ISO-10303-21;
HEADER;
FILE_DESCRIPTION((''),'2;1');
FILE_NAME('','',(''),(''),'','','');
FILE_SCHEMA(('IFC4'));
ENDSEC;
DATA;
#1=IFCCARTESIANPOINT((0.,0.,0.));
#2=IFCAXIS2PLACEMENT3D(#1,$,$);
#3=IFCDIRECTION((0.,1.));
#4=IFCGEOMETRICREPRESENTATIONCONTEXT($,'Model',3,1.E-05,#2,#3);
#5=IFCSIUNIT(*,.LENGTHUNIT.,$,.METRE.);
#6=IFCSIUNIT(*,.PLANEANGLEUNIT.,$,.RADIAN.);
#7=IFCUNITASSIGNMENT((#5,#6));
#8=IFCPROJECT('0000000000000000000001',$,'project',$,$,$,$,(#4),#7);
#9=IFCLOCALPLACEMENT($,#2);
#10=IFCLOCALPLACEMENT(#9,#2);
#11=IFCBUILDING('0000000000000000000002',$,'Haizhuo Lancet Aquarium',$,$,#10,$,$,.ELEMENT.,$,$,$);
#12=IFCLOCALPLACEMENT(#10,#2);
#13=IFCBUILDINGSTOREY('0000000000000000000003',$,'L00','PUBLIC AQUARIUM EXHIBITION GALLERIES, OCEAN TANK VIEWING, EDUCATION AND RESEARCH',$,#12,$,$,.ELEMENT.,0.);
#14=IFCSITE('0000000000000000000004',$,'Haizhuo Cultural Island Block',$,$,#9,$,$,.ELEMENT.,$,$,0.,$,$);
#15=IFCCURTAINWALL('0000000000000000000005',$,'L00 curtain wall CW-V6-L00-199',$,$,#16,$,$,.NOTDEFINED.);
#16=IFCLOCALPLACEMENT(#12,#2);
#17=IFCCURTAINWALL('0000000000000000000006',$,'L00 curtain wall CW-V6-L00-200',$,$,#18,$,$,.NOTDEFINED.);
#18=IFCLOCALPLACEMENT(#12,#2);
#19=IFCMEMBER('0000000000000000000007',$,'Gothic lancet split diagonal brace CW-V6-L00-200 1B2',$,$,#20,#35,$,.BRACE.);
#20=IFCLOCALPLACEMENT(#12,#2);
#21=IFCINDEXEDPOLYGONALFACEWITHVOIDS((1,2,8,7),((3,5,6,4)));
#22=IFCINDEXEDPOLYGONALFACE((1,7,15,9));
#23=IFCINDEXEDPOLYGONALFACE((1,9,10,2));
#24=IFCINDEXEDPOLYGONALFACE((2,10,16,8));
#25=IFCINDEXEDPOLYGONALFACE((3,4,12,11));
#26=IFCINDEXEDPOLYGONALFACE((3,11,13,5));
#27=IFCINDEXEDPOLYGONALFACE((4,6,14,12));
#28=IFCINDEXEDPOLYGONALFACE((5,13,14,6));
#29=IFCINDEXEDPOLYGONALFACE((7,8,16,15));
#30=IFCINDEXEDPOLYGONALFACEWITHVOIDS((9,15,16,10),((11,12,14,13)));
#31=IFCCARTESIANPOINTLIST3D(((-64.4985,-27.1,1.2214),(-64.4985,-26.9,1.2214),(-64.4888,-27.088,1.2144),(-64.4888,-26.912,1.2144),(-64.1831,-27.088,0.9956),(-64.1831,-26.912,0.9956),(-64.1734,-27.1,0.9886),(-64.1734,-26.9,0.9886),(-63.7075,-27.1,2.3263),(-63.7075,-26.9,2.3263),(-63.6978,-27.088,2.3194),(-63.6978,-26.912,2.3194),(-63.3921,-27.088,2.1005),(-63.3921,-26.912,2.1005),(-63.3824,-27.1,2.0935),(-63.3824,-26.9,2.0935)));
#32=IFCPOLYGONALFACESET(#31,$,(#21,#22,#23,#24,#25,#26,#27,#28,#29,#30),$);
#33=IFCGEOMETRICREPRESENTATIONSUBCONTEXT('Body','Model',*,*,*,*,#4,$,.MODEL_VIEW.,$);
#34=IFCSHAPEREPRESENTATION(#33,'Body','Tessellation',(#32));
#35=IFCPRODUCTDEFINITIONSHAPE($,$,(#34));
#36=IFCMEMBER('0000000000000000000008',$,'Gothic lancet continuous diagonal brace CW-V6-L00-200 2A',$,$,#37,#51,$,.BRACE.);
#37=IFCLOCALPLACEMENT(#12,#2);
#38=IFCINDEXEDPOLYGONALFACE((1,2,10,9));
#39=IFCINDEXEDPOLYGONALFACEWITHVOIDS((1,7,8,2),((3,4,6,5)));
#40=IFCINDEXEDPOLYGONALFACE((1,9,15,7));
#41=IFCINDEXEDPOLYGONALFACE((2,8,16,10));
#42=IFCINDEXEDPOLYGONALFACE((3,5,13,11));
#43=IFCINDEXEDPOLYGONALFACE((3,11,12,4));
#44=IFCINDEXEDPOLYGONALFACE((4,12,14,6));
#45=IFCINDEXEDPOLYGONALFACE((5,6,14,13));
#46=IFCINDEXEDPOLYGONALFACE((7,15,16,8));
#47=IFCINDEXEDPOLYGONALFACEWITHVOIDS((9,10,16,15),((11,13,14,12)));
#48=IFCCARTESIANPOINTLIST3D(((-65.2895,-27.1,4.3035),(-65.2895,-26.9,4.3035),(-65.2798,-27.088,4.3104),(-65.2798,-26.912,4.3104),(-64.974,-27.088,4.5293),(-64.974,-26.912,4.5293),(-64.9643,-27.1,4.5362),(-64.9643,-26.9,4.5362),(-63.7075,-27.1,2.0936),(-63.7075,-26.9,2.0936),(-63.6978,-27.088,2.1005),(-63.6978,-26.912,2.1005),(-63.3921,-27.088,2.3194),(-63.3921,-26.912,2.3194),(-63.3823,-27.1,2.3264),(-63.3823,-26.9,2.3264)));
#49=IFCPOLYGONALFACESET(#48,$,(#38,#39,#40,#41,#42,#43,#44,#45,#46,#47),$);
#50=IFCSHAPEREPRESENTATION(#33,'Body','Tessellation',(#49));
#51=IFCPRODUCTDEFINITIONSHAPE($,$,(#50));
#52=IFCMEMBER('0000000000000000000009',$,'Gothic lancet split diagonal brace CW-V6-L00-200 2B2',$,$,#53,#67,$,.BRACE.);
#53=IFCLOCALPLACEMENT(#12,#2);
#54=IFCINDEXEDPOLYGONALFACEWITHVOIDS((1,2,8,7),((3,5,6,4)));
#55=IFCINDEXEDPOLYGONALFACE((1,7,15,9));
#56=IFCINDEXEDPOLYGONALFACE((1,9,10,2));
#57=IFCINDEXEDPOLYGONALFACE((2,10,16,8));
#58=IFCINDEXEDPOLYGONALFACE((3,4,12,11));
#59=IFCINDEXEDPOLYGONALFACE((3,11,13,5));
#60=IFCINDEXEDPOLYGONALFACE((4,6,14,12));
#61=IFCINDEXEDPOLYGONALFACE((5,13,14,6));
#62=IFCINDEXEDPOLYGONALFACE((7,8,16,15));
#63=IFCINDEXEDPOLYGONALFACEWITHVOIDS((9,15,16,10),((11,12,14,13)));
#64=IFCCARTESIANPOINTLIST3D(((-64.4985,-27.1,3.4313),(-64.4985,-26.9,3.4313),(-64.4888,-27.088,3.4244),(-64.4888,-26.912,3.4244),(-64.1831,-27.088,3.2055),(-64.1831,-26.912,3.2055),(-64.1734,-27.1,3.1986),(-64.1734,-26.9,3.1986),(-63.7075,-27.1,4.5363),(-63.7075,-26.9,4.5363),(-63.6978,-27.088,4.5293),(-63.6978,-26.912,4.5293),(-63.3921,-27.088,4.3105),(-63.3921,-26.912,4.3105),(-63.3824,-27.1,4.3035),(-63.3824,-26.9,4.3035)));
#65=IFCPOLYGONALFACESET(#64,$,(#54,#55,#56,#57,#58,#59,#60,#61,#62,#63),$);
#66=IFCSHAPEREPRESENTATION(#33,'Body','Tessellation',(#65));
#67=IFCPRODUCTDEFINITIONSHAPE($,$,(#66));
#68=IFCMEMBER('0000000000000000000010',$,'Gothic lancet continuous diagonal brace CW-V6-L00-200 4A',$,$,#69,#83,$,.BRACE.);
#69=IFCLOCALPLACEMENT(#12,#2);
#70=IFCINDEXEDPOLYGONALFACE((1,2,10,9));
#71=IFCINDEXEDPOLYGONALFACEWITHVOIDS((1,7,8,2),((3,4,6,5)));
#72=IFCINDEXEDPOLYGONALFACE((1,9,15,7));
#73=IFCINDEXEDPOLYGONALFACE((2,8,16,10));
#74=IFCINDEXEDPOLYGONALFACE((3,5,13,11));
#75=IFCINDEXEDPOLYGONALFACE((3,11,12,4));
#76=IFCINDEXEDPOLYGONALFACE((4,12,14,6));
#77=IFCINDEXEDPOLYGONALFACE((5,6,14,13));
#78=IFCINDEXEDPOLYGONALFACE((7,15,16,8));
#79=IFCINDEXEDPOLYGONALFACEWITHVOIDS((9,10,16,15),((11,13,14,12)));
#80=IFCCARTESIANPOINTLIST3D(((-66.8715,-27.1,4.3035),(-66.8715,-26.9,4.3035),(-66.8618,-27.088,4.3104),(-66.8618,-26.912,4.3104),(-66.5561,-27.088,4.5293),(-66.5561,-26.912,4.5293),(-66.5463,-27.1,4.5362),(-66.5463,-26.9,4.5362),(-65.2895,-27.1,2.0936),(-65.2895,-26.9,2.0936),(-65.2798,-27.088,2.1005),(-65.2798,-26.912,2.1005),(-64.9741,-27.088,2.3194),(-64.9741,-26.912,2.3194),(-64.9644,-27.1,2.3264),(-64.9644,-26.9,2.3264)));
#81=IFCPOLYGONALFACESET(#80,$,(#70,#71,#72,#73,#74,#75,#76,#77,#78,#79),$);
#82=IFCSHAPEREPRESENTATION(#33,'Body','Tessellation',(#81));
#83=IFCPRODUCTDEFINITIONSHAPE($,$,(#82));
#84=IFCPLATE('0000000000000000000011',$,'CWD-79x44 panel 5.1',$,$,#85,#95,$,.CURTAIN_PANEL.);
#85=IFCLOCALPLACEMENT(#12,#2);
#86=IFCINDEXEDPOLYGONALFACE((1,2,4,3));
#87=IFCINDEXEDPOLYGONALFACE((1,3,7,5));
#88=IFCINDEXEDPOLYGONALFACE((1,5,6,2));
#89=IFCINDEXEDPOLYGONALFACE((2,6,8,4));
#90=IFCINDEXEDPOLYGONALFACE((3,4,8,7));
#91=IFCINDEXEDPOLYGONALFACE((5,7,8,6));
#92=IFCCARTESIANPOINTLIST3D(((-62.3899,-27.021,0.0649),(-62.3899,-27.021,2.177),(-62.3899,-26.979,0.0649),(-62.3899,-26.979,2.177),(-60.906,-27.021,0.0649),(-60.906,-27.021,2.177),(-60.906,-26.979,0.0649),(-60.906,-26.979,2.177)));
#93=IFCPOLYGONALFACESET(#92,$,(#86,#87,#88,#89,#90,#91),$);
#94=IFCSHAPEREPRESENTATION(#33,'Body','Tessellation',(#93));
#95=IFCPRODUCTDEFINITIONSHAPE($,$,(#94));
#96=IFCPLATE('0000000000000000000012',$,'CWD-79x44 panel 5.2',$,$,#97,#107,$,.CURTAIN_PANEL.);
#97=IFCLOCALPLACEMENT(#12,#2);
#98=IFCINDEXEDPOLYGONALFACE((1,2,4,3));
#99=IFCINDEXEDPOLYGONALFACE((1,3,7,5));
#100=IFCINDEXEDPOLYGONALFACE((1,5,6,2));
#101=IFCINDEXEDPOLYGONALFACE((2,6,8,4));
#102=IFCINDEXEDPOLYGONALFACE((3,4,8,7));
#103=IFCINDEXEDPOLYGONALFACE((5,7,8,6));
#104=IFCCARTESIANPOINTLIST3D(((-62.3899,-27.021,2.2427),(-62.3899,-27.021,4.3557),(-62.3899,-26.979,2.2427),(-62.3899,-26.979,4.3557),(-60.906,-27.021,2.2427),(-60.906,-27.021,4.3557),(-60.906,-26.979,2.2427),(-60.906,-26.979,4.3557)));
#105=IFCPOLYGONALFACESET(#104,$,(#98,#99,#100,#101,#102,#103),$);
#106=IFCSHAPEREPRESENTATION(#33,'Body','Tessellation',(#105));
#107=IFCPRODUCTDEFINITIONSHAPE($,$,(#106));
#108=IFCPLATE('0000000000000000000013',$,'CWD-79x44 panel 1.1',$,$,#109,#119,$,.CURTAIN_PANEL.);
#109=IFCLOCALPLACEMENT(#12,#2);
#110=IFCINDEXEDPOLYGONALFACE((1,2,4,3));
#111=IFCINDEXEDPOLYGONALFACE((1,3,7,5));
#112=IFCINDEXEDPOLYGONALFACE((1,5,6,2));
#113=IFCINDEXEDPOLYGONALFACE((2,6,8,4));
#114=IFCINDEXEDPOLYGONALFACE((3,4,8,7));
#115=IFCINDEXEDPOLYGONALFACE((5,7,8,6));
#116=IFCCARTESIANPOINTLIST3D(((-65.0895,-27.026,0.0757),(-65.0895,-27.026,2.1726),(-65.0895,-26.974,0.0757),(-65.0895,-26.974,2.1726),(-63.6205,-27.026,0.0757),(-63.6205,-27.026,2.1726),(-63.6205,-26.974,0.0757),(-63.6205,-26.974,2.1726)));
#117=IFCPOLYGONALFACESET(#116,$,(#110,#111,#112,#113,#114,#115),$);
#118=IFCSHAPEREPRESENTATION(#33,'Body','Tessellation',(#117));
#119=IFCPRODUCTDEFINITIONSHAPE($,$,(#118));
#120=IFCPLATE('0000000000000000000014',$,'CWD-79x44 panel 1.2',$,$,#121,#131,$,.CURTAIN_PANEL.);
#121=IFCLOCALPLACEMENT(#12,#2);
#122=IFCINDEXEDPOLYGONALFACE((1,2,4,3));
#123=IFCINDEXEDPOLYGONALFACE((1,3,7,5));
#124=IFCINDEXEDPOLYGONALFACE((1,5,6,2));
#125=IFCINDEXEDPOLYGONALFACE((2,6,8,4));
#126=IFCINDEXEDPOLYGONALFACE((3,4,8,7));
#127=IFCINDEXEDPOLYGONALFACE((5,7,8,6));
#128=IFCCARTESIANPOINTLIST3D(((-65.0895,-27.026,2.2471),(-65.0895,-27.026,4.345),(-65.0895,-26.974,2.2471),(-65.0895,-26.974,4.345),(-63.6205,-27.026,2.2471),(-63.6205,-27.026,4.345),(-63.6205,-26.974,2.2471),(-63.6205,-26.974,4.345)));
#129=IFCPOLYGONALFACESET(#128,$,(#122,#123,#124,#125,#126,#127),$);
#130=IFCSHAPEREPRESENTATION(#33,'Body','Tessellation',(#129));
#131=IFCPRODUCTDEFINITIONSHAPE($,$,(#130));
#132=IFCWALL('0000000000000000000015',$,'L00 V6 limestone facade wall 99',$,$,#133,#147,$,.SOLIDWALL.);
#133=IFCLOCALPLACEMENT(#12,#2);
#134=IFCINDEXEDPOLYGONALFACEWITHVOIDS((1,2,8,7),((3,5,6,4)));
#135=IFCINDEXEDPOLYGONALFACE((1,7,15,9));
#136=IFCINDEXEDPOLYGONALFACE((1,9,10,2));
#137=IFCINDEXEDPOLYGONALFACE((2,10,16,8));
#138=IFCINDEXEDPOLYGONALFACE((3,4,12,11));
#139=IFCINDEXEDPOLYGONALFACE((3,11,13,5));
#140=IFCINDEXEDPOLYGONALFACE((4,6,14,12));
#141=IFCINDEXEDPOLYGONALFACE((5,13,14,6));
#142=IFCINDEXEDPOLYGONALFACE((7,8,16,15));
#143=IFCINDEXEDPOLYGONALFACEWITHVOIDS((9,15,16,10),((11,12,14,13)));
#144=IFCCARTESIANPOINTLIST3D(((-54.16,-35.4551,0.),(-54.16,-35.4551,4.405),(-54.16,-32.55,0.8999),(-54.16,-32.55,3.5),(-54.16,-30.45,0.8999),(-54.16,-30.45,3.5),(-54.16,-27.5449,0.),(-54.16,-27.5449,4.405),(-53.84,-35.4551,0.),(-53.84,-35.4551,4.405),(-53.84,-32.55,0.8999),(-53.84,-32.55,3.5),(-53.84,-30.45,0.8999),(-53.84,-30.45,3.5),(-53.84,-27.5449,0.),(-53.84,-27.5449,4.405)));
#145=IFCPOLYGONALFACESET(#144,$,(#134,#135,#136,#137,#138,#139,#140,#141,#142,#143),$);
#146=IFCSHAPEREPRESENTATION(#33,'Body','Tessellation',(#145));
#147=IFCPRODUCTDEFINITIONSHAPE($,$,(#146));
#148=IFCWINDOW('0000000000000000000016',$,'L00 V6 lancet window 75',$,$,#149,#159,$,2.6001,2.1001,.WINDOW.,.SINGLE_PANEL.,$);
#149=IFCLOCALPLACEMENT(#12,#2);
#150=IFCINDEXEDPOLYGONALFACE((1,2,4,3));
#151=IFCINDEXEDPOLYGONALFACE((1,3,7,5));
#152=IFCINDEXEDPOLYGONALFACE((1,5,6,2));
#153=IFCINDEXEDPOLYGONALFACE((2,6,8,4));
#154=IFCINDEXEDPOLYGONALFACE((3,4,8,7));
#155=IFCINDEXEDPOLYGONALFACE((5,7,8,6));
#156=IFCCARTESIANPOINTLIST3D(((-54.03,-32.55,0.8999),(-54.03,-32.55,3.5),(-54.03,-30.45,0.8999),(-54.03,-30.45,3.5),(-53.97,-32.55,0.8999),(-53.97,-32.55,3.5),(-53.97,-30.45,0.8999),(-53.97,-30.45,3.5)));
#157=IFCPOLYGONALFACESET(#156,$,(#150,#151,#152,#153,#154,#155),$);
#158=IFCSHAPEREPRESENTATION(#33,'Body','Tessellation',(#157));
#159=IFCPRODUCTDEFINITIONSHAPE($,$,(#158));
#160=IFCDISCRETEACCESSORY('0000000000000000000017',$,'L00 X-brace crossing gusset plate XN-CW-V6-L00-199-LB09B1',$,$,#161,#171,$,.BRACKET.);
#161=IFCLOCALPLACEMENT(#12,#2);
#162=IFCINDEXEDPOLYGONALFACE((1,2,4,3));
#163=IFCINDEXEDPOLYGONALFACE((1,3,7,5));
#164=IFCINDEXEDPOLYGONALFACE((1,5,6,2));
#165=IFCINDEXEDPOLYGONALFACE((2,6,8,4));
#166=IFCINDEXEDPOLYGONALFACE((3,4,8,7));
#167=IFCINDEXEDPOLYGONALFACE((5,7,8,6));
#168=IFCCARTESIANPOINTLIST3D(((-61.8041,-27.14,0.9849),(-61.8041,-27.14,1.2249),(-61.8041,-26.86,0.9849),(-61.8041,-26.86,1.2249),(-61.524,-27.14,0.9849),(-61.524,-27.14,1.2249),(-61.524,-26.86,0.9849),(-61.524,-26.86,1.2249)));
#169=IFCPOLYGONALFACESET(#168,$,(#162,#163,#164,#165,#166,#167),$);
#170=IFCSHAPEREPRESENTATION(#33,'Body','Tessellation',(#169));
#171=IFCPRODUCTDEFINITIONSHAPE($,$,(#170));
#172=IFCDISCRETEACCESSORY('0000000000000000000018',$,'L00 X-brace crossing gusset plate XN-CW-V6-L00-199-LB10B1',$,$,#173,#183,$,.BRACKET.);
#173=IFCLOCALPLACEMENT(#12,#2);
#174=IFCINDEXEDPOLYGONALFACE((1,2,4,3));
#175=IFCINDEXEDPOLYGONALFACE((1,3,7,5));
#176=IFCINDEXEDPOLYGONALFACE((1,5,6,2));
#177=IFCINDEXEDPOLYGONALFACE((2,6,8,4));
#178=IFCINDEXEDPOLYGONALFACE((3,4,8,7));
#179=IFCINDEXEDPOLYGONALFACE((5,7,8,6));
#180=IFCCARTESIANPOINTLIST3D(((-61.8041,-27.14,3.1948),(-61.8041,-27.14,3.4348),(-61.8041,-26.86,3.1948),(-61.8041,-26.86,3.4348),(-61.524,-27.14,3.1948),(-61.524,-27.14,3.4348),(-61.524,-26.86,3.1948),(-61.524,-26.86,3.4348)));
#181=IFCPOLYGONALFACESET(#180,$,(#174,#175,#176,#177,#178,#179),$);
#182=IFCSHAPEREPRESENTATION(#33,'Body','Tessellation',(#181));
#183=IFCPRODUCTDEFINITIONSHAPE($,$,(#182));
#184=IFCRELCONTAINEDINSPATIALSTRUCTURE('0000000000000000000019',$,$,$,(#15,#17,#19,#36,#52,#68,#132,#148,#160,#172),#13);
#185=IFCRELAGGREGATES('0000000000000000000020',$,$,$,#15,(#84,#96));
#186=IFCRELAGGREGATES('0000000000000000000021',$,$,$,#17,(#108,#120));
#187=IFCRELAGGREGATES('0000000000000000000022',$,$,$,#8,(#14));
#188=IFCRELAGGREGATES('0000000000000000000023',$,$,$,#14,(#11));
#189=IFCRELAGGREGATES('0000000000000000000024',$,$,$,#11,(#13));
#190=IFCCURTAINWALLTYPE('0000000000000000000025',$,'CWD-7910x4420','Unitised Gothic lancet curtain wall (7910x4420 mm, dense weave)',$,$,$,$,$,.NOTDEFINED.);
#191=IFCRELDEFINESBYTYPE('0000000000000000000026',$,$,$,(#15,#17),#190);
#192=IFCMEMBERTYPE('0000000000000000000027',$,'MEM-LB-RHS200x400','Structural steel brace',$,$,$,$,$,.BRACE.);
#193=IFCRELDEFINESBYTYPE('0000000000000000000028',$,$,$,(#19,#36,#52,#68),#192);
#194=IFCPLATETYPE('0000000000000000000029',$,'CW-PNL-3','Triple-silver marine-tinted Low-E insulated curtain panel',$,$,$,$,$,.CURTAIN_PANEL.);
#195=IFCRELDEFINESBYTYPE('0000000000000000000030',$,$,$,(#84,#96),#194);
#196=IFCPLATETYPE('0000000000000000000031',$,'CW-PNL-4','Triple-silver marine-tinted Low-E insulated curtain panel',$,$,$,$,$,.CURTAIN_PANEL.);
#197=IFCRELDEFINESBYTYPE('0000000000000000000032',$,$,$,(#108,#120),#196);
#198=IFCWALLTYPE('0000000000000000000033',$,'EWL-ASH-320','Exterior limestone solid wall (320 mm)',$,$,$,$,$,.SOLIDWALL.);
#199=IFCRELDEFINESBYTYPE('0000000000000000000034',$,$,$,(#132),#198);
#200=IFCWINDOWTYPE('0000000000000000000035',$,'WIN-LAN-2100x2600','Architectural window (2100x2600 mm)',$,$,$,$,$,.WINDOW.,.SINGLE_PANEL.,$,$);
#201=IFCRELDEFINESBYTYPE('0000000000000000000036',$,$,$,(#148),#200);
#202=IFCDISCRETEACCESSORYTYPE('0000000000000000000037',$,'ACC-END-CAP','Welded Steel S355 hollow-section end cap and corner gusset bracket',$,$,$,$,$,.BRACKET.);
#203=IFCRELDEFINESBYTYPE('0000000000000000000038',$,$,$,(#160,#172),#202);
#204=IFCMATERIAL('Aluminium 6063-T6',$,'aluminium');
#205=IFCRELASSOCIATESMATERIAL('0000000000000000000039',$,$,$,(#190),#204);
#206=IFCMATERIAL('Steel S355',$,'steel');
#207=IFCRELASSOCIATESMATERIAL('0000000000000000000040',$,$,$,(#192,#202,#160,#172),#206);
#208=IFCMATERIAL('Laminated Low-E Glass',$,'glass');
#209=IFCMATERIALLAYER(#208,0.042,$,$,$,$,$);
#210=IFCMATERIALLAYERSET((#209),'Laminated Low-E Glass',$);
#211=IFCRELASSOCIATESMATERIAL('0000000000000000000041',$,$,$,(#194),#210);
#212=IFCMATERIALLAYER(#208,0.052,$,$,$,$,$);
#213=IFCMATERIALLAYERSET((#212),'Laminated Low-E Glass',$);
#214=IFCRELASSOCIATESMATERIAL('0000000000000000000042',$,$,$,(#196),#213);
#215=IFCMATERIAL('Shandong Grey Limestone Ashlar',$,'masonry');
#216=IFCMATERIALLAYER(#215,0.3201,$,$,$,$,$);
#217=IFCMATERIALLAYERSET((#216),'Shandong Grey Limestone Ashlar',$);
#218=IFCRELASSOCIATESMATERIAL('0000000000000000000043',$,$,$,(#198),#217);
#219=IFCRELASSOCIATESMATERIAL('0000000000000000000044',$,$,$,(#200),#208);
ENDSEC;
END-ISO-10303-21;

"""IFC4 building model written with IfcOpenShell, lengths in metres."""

from ifc_helpers import new_model, si_unit, direction, frame, frame_2d, origin, origin_2d, place, context, subcontext, project, spatial, rectangle, hollow_rectangle, extrude, material, layer, layer_set, material_profile, profile_set, type_object, element, fill, aggregate, save


model = new_model("IFC4")

# Units and contexts
model_context = context("Model", 3, precision=1e-05, world=origin(), true_north=direction((0.0, 1.0)))
body_context = subcontext(model_context, "Body", "Model", "MODEL_VIEW")
ifc_project = project(units=[si_unit("LENGTHUNIT", "METRE"), si_unit("PLANEANGLEUNIT", "RADIAN")], contexts=[model_context])

# Site, building, storey
site_placement = place(None, origin())
site = spatial("IfcSite", under=ifc_project, at=site_placement, Name="Haizhuo Cultural Island Block", CompositionType="ELEMENT", RefElevation=0.0)
building_placement = place(site_placement, origin())
building = spatial("IfcBuilding", under=site, at=building_placement, Name="Haizhuo Lancet Aquarium", CompositionType="ELEMENT")
storey_placement = place(building_placement, origin())
storey = spatial("IfcBuildingStorey", under=building, at=storey_placement, Name="L00", Description="PUBLIC AQUARIUM EXHIBITION GALLERIES, OCEAN TANK VIEWING, EDUCATION AND RESEARCH", CompositionType="ELEMENT", Elevation=0.0)

# Shared definitions
ifc_material_1 = material(Name="Steel S355", Category="steel")

# Curtain wall
ifc_material_2 = material(Name="Aluminium 6063-T6", Category="aluminium")
curtain_wall_type = type_object("IfcCurtainWallType", Name="CWD-7910x4420", Description="Unitised Gothic lancet curtain wall (7910x4420 mm, dense weave)", PredefinedType="NOTDEFINED", material=ifc_material_2)
curtain_wall_1_placement = place(storey_placement, origin())
curtain_wall_1 = element("IfcCurtainWall", 1, at=curtain_wall_1_placement, inside=storey, type_object=curtain_wall_type, Name="L00 curtain wall CW-V6-L00-199", PredefinedType="NOTDEFINED")

# Curtain wall
curtain_wall_2_placement = place(storey_placement, origin())
curtain_wall_2 = element("IfcCurtainWall", 2, at=curtain_wall_2_placement, inside=storey, type_object=curtain_wall_type, Name="L00 curtain wall CW-V6-L00-200", PredefinedType="NOTDEFINED")

# Members
ifc_material_profile_1 = material_profile(ifc_material_1, hollow_rectangle(XDim=0.2, YDim=0.3999, WallThickness=0.012, at=origin_2d()), Name="RHS 200x400x12")
ifc_profile_set_1 = profile_set([ifc_material_profile_1], Name="Steel S355")
member_type_1 = type_object("IfcMemberType", Name="MEM-LB-RHS200x400", Description="Structural steel brace", PredefinedType="BRACE", material=ifc_profile_set_1)
member_1_placement = place(storey_placement, frame((-64.3359, -27.0, 1.105), z_axis=(0.582088, 0.0, 0.813126), x_axis=(0.0, 1.0, 0.0)))
element("IfcMember", 3, at=member_1_placement, inside=storey, type_object=member_type_1, Name="Gothic lancet split diagonal brace CW-V6-L00-200 1B2", PredefinedType="BRACE", context=body_context, shape_type="SweptSolid", body=[
    extrude(hollow_rectangle(XDim=0.2, YDim=0.3999, WallThickness=0.012, at=origin_2d()), origin(), (0.0, 0.0, 1.0), 1.3589),
])
member_2_placement = place(storey_placement, frame((-63.5449, -27.0, 2.21), z_axis=(-0.582088, 0.0, 0.813126), x_axis=(0.0, -1.0, 0.0)))
element("IfcMember", 4, at=member_2_placement, inside=storey, type_object=member_type_1, Name="Gothic lancet continuous diagonal brace CW-V6-L00-200 2A", PredefinedType="BRACE", context=body_context, shape_type="SweptSolid", body=[
    extrude(hollow_rectangle(XDim=0.2, YDim=0.3999, WallThickness=0.012, at=origin_2d()), origin(), (0.0, 0.0, 1.0), 2.7178),
])
member_3_placement = place(storey_placement, frame((-64.3359, -27.0, 3.3149), z_axis=(0.582088, 0.0, 0.813126), x_axis=(0.0, 1.0, 0.0)))
element("IfcMember", 5, at=member_3_placement, inside=storey, type_object=member_type_1, Name="Gothic lancet split diagonal brace CW-V6-L00-200 2B2", PredefinedType="BRACE", context=body_context, shape_type="SweptSolid", body=[
    extrude(hollow_rectangle(XDim=0.2, YDim=0.3999, WallThickness=0.012, at=origin_2d()), origin(), (0.0, 0.0, 1.0), 1.3589),
])
member_4_placement = place(storey_placement, frame((-65.127, -27.0, 2.21), z_axis=(-0.582088, 0.0, 0.813126), x_axis=(0.0, -1.0, 0.0)))
element("IfcMember", 6, at=member_4_placement, inside=storey, type_object=member_type_1, Name="Gothic lancet continuous diagonal brace CW-V6-L00-200 4A", PredefinedType="BRACE", context=body_context, shape_type="SweptSolid", body=[
    extrude(hollow_rectangle(XDim=0.2, YDim=0.3999, WallThickness=0.012, at=origin_2d()), origin(), (0.0, 0.0, 1.0), 2.7178),
])

# Plates
ifc_material_3 = material(Name="Laminated Low-E Glass", Category="glass")
ifc_layer_1 = layer(ifc_material_3, 0.042)
ifc_layer_set_1 = layer_set([ifc_layer_1], Name="Laminated Low-E Glass")
plate_type_1 = type_object("IfcPlateType", Name="CW-PNL-3", Description="Triple-silver marine-tinted Low-E insulated curtain panel", PredefinedType="CURTAIN_PANEL", material=ifc_layer_set_1)
plate_1_placement = place(storey_placement, frame((-61.6479, -27.0, 0.0649), z_axis=(0.0, 0.0, 1.0), x_axis=(-1.0, 0.0, 0.0)))
plate_1 = element("IfcPlate", 7, at=plate_1_placement, type_object=plate_type_1, Name="CWD-79x44 panel 5.1", PredefinedType="CURTAIN_PANEL", context=body_context, shape_type="SweptSolid", body=[
    extrude(rectangle(XDim=1.4839, YDim=0.042, at=origin_2d()), origin(), (0.0, 0.0, 1.0), 2.1121),
])
plate_2_placement = place(storey_placement, frame((-61.6479, -27.0, 2.2427), z_axis=(0.0, 0.0, 1.0), x_axis=(-1.0, 0.0, 0.0)))
plate_2 = element("IfcPlate", 8, at=plate_2_placement, type_object=plate_type_1, Name="CWD-79x44 panel 5.2", PredefinedType="CURTAIN_PANEL", context=body_context, shape_type="SweptSolid", body=[
    extrude(rectangle(XDim=1.4839, YDim=0.042, at=origin_2d()), origin(), (0.0, 0.0, 1.0), 2.113),
])
aggregate(curtain_wall_1, [plate_1, plate_2])
ifc_layer_2 = layer(ifc_material_3, 0.052)
ifc_layer_set_2 = layer_set([ifc_layer_2], Name="Laminated Low-E Glass")
plate_type_2 = type_object("IfcPlateType", Name="CW-PNL-4", Description="Triple-silver marine-tinted Low-E insulated curtain panel", PredefinedType="CURTAIN_PANEL", material=ifc_layer_set_2)
plate_3_placement = place(storey_placement, frame((-64.355, -27.0, 0.0757), z_axis=(0.0, 0.0, 1.0), x_axis=(-1.0, 0.0, 0.0)))
plate_3 = element("IfcPlate", 9, at=plate_3_placement, type_object=plate_type_2, Name="CWD-79x44 panel 1.1", PredefinedType="CURTAIN_PANEL", context=body_context, shape_type="SweptSolid", body=[
    extrude(rectangle(XDim=1.469, YDim=0.052, at=origin_2d()), origin(), (0.0, 0.0, 1.0), 2.0969),
])
plate_4_placement = place(storey_placement, frame((-64.355, -27.0, 2.2471), z_axis=(0.0, 0.0, 1.0), x_axis=(-1.0, 0.0, 0.0)))
plate_4 = element("IfcPlate", 10, at=plate_4_placement, type_object=plate_type_2, Name="CWD-79x44 panel 1.2", PredefinedType="CURTAIN_PANEL", context=body_context, shape_type="SweptSolid", body=[
    extrude(rectangle(XDim=1.469, YDim=0.052, at=origin_2d()), origin(), (0.0, 0.0, 1.0), 2.0979),
])
aggregate(curtain_wall_2, [plate_3, plate_4])

# Wall, opening, window
ifc_material_4 = material(Name="Shandong Grey Limestone Ashlar", Category="masonry")
ifc_layer_3 = layer(ifc_material_4, 0.3201)
ifc_layer_set_3 = layer_set([ifc_layer_3], Name="Shandong Grey Limestone Ashlar")
wall_type = type_object("IfcWallType", Name="EWL-ASH-320", Description="Exterior limestone solid wall (320 mm)", PredefinedType="SOLIDWALL", material=ifc_layer_set_3)
wall_placement = place(storey_placement, frame((-54.0, -35.4551, 0.0), z_axis=(0.0, 0.0, 1.0), x_axis=(0.0, 1.0, 0.0)))
wall = element("IfcWall", 11, at=wall_placement, inside=storey, type_object=wall_type, Name="L00 V6 limestone facade wall 99", PredefinedType="SOLIDWALL", context=body_context, shape_type="SweptSolid", body=[
    extrude(rectangle(XDim=7.9102, YDim=0.3201, at=frame_2d((3.9551, 0.0))), origin(), (0.0, 0.0, 1.0), 4.405),
])
opening_placement = place(wall_placement, frame((2.905, 0.0, 0.8999)))
opening = element("IfcOpeningElement", 12, at=opening_placement, cuts=wall, PredefinedType="OPENING", context=body_context, shape_type="SweptSolid", body=[
    extrude(rectangle(XDim=2.1001, YDim=2.6001, at=frame_2d((1.05, 1.3))), frame((0.0, 0.1699, 0.0), z_axis=(0.0, -1.0, 0.0), x_axis=(1.0, 0.0, 0.0)), (0.0, 0.0, 1.0), 0.3401),
])
window_type = type_object("IfcWindowType", Name="WIN-LAN-2100x2600", Description="Architectural window (2100x2600 mm)", PartitioningType="SINGLE_PANEL", PredefinedType="WINDOW", material=ifc_material_3)
window_placement = place(opening_placement, origin())
window = element("IfcWindow", 13, at=window_placement, inside=storey, type_object=window_type, Name="L00 V6 lancet window 75", OverallHeight=2.6001, OverallWidth=2.1001, PartitioningType="SINGLE_PANEL", PredefinedType="WINDOW", context=body_context, shape_type="SweptSolid", body=[
    extrude(rectangle(XDim=2.1001, YDim=2.6001, at=frame_2d((1.05, 1.3))), frame((0.0, 0.03, 0.0), z_axis=(0.0, -1.0, 0.0), x_axis=(1.0, 0.0, 0.0)), (0.0, 0.0, 1.0), 0.0601),
])
fill(opening, window)

# Discrete accessories
discrete_accessory_type = type_object("IfcDiscreteAccessoryType", Name="ACC-END-CAP", Description="Welded Steel S355 hollow-section end cap and corner gusset bracket", PredefinedType="BRACKET", material=ifc_material_1)
for number, where, z_axis, x_axis, name in (
    (14, (-61.6641, -27.0, 0.9849), (0.0, 0.0, 1.0), (1.0, 0.0, 0.0), "L00 X-brace crossing gusset plate XN-CW-V6-L00-199-LB09B1"),
    (15, (-61.6641, -27.0, 3.1948), (0.0, 0.0, 1.0), (1.0, 0.0, 0.0), "L00 X-brace crossing gusset plate XN-CW-V6-L00-199-LB10B1"),
):
    element("IfcDiscreteAccessory", number, at=place(storey_placement, frame(where, z_axis=z_axis, x_axis=x_axis)), inside=storey, type_object=discrete_accessory_type, material=ifc_material_1, Name=name, PredefinedType="BRACKET", context=body_context, shape_type="SweptSolid", body=[
        extrude(rectangle(XDim=0.28, YDim=0.28, at=origin_2d()), origin(), (0.0, 0.0, 1.0), 0.24),
    ])

save(model, "model.ifc")
